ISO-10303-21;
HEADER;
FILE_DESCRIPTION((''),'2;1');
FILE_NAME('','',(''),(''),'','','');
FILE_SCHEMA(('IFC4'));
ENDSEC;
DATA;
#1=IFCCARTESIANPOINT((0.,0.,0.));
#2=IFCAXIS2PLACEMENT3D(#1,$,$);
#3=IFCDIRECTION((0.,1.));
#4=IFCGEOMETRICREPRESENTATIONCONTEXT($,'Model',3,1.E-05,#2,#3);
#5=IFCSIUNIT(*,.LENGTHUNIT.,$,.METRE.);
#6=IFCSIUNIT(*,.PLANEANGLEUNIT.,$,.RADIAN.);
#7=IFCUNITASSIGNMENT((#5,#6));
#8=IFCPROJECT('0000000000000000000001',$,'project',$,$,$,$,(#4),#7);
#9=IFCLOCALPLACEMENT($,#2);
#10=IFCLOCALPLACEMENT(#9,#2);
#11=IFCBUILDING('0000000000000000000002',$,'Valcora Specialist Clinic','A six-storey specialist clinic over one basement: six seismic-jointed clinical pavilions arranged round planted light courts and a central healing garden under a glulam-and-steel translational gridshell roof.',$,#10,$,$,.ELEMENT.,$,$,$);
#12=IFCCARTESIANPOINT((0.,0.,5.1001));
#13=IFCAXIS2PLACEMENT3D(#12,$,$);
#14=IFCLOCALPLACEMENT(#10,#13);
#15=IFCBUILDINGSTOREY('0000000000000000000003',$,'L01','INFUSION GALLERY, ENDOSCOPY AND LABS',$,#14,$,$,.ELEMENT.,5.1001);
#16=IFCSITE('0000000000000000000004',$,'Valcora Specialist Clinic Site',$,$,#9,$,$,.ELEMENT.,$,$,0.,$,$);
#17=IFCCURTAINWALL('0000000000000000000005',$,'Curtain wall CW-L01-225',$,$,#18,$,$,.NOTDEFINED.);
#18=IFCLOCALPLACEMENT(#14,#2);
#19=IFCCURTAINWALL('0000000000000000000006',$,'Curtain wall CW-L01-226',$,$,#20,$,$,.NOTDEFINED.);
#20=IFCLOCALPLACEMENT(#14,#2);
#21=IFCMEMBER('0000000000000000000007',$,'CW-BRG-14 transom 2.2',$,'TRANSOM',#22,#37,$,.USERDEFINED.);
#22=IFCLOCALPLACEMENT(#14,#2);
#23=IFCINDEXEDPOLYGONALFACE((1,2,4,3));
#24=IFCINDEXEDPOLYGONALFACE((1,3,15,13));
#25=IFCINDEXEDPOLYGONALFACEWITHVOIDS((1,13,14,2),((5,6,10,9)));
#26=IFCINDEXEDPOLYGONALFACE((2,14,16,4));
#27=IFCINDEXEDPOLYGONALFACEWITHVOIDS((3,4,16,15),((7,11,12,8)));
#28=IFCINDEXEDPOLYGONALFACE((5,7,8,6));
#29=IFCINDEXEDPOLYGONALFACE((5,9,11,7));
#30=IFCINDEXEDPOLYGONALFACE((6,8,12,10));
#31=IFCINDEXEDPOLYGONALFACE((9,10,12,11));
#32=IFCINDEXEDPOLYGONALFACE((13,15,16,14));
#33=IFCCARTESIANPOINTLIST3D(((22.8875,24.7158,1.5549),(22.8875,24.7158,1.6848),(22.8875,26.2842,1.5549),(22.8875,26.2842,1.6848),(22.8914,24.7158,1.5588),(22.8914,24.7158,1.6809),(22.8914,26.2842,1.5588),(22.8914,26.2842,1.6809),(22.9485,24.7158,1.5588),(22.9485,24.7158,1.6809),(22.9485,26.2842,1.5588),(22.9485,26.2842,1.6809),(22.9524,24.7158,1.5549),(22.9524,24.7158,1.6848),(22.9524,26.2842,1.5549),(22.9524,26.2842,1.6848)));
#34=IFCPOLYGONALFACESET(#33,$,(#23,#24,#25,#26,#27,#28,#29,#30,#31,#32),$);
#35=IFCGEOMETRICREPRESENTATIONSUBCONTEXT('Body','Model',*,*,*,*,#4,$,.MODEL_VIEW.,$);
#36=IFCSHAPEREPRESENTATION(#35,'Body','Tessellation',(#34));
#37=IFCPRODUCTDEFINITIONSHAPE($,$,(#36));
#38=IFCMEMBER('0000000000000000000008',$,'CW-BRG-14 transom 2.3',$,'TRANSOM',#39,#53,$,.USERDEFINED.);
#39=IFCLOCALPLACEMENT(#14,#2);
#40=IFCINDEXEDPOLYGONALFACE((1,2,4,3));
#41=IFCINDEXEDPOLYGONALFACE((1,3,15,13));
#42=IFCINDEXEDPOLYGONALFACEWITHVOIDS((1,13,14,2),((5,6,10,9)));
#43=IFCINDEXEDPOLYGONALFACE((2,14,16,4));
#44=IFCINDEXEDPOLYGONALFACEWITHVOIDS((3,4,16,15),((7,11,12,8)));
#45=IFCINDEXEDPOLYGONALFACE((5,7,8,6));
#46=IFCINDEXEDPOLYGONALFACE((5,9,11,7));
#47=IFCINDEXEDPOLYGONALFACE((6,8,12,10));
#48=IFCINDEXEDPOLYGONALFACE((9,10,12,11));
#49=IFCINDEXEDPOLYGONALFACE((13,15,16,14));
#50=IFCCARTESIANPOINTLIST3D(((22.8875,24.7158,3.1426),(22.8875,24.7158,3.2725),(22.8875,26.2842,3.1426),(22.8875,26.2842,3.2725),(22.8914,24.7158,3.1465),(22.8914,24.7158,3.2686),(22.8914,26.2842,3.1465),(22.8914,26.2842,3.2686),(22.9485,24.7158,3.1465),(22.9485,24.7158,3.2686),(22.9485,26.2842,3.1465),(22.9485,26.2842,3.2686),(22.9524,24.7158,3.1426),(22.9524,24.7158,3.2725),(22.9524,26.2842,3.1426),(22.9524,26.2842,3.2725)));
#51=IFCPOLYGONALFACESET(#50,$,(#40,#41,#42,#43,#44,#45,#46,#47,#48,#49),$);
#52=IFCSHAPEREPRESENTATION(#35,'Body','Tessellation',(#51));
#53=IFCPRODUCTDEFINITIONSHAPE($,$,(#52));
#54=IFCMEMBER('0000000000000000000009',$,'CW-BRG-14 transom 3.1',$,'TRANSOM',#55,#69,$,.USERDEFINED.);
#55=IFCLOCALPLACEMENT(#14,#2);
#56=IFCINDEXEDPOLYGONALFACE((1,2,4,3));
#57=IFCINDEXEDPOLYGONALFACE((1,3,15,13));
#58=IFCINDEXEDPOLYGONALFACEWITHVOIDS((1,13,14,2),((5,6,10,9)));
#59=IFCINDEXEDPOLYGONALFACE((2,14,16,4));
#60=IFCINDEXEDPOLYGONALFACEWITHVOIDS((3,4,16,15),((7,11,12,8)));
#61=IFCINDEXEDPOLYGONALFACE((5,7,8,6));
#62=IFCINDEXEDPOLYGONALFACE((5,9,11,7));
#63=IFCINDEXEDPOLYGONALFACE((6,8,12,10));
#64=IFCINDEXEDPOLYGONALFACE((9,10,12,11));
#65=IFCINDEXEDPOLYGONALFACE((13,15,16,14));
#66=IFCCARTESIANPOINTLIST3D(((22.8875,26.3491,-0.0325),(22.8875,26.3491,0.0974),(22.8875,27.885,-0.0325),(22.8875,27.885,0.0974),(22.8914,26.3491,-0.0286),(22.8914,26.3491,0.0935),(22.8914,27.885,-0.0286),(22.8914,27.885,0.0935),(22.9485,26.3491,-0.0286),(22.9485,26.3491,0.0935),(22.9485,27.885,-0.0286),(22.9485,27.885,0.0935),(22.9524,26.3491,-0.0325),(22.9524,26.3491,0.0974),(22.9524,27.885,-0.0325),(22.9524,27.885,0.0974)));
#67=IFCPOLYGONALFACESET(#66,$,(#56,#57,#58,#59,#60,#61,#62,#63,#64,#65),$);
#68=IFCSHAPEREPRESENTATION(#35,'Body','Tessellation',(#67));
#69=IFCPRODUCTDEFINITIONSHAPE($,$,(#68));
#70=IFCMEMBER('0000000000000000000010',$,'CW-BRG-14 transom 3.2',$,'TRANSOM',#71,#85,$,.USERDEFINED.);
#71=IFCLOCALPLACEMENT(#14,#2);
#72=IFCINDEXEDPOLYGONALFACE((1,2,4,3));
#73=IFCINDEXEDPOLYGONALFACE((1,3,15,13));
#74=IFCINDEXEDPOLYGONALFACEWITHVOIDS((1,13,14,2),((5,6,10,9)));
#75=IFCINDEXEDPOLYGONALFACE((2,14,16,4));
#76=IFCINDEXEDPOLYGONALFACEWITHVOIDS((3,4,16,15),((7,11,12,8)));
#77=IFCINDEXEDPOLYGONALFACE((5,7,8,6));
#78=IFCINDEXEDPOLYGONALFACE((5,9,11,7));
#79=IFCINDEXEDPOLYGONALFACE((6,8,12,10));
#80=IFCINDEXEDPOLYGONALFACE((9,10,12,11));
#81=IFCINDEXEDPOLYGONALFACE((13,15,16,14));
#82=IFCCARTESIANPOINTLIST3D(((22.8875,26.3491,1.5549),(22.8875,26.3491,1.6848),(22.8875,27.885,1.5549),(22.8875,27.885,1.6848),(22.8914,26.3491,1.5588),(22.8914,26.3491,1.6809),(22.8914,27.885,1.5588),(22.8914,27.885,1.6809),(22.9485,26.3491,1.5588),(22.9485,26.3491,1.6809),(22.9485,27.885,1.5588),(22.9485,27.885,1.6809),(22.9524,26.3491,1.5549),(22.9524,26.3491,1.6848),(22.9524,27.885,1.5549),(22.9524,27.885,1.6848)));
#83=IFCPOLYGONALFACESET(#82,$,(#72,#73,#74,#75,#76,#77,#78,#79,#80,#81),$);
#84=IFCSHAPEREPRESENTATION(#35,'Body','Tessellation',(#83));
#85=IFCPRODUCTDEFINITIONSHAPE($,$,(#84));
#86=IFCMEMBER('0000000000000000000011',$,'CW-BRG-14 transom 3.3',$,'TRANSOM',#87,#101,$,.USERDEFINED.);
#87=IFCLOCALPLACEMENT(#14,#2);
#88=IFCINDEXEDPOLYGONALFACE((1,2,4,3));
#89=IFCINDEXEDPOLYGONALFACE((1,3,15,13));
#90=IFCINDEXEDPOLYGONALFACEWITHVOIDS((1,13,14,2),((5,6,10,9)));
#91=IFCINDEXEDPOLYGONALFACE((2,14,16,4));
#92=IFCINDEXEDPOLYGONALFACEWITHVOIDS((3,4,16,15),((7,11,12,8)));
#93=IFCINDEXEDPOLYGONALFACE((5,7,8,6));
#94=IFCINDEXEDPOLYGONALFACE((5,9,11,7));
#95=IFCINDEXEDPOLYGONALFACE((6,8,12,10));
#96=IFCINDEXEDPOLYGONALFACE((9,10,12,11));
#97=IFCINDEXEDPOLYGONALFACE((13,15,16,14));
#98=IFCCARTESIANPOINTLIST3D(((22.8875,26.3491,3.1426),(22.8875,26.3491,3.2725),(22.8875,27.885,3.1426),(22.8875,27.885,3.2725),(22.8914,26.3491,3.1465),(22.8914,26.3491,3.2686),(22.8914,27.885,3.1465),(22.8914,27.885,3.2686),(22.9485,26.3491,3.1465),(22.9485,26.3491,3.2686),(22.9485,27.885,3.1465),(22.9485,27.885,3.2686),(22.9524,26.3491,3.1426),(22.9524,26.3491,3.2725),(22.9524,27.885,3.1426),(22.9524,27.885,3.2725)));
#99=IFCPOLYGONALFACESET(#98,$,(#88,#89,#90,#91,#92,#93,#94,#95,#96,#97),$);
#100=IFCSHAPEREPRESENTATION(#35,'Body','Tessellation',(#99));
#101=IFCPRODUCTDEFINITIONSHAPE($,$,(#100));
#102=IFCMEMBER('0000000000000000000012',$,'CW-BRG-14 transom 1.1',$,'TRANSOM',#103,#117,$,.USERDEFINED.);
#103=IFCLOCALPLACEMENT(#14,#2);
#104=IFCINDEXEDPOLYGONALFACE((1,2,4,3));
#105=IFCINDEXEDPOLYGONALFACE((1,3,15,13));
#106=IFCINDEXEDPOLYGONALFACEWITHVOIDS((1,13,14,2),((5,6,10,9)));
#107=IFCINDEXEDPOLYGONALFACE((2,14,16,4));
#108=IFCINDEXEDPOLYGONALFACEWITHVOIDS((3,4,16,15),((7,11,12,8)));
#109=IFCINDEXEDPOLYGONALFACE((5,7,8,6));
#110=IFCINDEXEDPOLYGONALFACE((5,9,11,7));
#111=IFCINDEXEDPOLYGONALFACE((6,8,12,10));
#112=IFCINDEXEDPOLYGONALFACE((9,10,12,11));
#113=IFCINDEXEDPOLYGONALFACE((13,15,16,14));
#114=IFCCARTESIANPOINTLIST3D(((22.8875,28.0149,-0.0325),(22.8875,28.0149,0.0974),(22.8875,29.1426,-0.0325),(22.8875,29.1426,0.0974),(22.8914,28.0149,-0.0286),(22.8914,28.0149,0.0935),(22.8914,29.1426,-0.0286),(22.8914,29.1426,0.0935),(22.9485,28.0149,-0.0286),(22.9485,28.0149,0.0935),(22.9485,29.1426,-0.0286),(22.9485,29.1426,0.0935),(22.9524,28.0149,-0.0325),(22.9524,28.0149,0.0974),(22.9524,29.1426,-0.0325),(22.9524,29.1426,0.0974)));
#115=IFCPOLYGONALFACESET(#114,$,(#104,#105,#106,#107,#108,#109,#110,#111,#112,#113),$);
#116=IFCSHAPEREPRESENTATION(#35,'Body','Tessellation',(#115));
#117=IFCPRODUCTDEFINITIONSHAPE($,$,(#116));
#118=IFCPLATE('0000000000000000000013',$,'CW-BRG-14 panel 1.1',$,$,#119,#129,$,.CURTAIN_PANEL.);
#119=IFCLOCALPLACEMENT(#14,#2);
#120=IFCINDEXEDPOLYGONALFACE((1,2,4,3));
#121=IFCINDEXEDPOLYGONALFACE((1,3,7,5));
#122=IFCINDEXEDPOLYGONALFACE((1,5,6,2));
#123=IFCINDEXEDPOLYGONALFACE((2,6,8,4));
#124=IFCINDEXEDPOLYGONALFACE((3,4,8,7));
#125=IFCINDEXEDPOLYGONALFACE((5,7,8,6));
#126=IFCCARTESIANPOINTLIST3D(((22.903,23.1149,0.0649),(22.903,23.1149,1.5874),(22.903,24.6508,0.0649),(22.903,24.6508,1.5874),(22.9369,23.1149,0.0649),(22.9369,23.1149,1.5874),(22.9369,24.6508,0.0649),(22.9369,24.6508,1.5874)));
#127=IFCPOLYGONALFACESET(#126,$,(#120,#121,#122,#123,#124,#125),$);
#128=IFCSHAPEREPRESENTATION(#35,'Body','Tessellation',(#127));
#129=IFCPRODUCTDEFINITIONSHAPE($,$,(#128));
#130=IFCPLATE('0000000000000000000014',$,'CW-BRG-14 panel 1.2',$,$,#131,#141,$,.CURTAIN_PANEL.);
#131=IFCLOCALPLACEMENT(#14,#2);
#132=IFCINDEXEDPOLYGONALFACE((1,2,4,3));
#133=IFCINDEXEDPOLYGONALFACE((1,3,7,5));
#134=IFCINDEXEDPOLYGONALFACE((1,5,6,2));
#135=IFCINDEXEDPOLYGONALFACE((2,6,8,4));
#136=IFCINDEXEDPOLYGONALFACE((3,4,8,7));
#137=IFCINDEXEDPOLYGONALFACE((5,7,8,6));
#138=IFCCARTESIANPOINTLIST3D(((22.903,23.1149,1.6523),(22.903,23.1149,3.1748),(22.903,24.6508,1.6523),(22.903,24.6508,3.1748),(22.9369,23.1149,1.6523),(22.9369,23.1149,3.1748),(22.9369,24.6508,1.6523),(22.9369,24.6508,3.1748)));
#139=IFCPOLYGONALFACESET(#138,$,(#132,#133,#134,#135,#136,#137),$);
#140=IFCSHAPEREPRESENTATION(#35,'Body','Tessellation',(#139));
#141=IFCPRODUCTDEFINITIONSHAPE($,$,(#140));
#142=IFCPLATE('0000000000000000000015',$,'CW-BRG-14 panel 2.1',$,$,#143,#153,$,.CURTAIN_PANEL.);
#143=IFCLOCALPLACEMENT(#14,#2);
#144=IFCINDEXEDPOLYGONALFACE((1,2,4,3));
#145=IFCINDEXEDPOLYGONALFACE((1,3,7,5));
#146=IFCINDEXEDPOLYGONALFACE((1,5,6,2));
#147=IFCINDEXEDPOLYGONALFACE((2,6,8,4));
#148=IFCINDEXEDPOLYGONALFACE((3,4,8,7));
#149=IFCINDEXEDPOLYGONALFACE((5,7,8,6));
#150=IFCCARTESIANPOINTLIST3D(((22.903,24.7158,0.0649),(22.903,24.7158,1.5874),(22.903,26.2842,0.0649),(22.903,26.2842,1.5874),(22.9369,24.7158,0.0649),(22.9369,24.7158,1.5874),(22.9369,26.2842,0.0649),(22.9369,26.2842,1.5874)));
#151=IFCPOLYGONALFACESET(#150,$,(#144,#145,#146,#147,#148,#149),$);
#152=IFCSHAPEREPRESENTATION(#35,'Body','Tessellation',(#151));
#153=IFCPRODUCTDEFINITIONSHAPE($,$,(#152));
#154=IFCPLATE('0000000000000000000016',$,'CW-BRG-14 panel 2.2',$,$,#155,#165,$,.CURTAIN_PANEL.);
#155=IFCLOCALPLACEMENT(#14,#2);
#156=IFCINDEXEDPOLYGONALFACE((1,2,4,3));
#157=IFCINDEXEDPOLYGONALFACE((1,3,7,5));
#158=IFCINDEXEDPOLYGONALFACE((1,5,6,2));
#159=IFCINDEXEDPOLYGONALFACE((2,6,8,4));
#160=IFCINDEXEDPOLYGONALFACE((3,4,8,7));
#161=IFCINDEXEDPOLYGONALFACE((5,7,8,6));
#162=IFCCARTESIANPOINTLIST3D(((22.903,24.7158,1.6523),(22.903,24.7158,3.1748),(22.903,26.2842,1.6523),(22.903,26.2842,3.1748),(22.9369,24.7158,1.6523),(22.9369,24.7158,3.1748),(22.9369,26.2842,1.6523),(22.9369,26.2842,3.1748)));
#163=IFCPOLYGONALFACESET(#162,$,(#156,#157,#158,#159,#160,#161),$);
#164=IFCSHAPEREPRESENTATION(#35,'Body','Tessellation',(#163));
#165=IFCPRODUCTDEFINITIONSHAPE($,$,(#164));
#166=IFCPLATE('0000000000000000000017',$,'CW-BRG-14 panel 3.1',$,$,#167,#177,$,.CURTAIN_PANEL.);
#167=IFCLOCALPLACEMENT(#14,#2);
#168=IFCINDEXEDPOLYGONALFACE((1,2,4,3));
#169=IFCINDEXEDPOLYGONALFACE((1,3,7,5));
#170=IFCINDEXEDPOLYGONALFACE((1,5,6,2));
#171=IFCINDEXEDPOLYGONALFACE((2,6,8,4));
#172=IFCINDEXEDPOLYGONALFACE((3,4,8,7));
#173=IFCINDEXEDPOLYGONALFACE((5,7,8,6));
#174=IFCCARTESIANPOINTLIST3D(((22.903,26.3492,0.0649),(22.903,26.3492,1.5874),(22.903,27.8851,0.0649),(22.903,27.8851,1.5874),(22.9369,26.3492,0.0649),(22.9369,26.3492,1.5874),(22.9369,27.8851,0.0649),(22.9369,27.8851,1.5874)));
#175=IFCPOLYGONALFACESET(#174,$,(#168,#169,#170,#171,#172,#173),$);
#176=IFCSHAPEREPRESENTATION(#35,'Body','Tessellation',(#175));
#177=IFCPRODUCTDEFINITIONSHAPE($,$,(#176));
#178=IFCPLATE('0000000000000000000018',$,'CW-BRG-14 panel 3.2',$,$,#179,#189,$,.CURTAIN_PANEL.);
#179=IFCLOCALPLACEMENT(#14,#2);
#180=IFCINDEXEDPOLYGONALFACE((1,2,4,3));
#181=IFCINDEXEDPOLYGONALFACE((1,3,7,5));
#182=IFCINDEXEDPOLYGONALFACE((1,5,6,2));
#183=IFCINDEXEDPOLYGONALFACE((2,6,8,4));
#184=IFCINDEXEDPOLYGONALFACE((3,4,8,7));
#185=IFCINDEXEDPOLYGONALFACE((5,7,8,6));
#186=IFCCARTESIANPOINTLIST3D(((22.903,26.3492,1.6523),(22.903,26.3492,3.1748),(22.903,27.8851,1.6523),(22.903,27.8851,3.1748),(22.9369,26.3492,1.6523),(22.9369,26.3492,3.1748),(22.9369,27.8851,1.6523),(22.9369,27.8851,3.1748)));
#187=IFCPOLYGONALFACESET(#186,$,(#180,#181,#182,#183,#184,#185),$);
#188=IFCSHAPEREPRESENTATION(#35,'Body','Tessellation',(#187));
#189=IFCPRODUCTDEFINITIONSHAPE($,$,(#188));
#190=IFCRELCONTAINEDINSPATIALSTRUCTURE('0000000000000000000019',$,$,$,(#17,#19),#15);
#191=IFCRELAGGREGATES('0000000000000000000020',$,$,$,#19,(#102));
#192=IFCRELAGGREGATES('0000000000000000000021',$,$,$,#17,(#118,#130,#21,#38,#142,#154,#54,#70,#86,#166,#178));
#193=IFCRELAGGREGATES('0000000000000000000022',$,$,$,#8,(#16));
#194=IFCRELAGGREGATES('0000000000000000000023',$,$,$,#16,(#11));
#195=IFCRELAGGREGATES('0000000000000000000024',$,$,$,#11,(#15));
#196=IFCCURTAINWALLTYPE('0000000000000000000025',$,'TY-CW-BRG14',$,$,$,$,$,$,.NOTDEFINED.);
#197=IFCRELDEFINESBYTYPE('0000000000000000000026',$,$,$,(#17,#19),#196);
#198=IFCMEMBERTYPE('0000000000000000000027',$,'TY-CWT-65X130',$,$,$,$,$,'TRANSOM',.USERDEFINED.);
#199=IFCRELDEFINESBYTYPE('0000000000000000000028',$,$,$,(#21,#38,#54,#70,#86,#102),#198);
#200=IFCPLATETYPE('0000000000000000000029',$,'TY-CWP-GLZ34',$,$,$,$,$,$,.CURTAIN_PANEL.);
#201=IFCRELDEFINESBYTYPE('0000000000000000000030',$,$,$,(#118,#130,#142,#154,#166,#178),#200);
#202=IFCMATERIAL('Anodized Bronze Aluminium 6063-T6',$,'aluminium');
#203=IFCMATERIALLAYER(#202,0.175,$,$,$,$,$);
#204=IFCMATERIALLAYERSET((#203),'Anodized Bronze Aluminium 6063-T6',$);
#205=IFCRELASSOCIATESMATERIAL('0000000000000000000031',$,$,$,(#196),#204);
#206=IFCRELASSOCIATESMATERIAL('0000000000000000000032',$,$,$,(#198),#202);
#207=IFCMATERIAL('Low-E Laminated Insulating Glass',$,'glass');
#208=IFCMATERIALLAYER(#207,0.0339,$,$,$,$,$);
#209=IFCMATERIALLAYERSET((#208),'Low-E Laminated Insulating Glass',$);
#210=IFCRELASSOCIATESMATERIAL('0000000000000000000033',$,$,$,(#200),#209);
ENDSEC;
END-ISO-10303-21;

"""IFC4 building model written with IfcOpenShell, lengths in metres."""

from ifc_helpers import new_model, si_unit, direction, frame, origin, origin_2d, place, context, subcontext, project, spatial, rectangle, hollow_rectangle, extrude, material, layer, layer_set, material_profile, profile_set, type_object, element, aggregate, save


model = new_model("IFC4")

# Units and contexts
model_context = context("Model", 3, precision=1e-05, world=origin(), true_north=direction((0.0, 1.0)))
body_context = subcontext(model_context, "Body", "Model", "MODEL_VIEW")
ifc_project = project(units=[si_unit("LENGTHUNIT", "METRE"), si_unit("PLANEANGLEUNIT", "RADIAN")], contexts=[model_context])

# Site, building, storey
site_placement = place(None, origin())
site = spatial("IfcSite", under=ifc_project, at=site_placement, Name="Valcora Specialist Clinic Site", CompositionType="ELEMENT", RefElevation=0.0)
building_placement = place(site_placement, origin())
building = spatial("IfcBuilding", under=site, at=building_placement, Name="Valcora Specialist Clinic", Description="A six-storey specialist clinic over one basement: six seismic-jointed clinical pavilions arranged round planted light courts and a central healing garden under a glulam-and-steel translational gridshell roof.", CompositionType="ELEMENT")
storey_placement = place(building_placement, frame((0.0, 0.0, 5.1001)))
storey = spatial("IfcBuildingStorey", under=building, at=storey_placement, Name="L01", Description="INFUSION GALLERY, ENDOSCOPY AND LABS", CompositionType="ELEMENT", Elevation=5.1001)

# Curtain wall
ifc_material_1 = material(Name="Anodized Bronze Aluminium 6063-T6", Category="aluminium")
ifc_layer_1 = layer(ifc_material_1, 0.175)
ifc_layer_set_1 = layer_set([ifc_layer_1], Name="Anodized Bronze Aluminium 6063-T6")
curtain_wall_type = type_object("IfcCurtainWallType", Name="TY-CW-BRG14", PredefinedType="NOTDEFINED", material=ifc_layer_set_1)
curtain_wall_1_placement = place(storey_placement, origin())
curtain_wall_1 = element("IfcCurtainWall", 1, at=curtain_wall_1_placement, inside=storey, type_object=curtain_wall_type, Name="Curtain wall CW-L01-225", PredefinedType="NOTDEFINED")

# Curtain wall
curtain_wall_2_placement = place(storey_placement, origin())
curtain_wall_2 = element("IfcCurtainWall", 2, at=curtain_wall_2_placement, inside=storey, type_object=curtain_wall_type, Name="Curtain wall CW-L01-226", PredefinedType="NOTDEFINED")

# Members
ifc_material_profile_1 = material_profile(ifc_material_1, hollow_rectangle(XDim=0.0649, YDim=0.1299, WallThickness=0.0039, at=origin_2d()), Name="AL-TRN-65X130")
ifc_profile_set_1 = profile_set([ifc_material_profile_1], Name="Anodized Bronze Aluminium 6063-T6")
member_type_1 = type_object("IfcMemberType", Name="TY-CWT-65X130", ElementType="TRANSOM", PredefinedType="USERDEFINED", material=ifc_profile_set_1)
member_1_placement = place(storey_placement, frame((22.9199, 24.7158, 1.6199), z_axis=(0.0, 1.0, 0.0), x_axis=(-1.0, 0.0, 0.0)))
member_1 = element("IfcMember", 3, at=member_1_placement, type_object=member_type_1, Name="CW-BRG-14 transom 2.2", ObjectType="TRANSOM", PredefinedType="USERDEFINED", context=body_context, shape_type="SweptSolid", body=[
    extrude(hollow_rectangle(XDim=0.0649, YDim=0.1299, WallThickness=0.0039, at=origin_2d()), origin(), (0.0, 0.0, 1.0), 1.5684),
])
member_2_placement = place(storey_placement, frame((22.9199, 24.7158, 3.2075), z_axis=(0.0, 1.0, 0.0), x_axis=(-1.0, 0.0, 0.0)))
member_2 = element("IfcMember", 4, at=member_2_placement, type_object=member_type_1, Name="CW-BRG-14 transom 2.3", ObjectType="TRANSOM", PredefinedType="USERDEFINED", context=body_context, shape_type="SweptSolid", body=[
    extrude(hollow_rectangle(XDim=0.0649, YDim=0.1299, WallThickness=0.0039, at=origin_2d()), origin(), (0.0, 0.0, 1.0), 1.5684),
])
member_3_placement = place(storey_placement, frame((22.9199, 26.3491, 0.0325), z_axis=(0.0, 1.0, 0.0), x_axis=(-1.0, 0.0, 0.0)))
member_3 = element("IfcMember", 5, at=member_3_placement, type_object=member_type_1, Name="CW-BRG-14 transom 3.1", ObjectType="TRANSOM", PredefinedType="USERDEFINED", context=body_context, shape_type="SweptSolid", body=[
    extrude(hollow_rectangle(XDim=0.0649, YDim=0.1299, WallThickness=0.0039, at=origin_2d()), origin(), (0.0, 0.0, 1.0), 1.5359),
])
member_4_placement = place(storey_placement, frame((22.9199, 26.3491, 1.6199), z_axis=(0.0, 1.0, 0.0), x_axis=(-1.0, 0.0, 0.0)))
member_4 = element("IfcMember", 6, at=member_4_placement, type_object=member_type_1, Name="CW-BRG-14 transom 3.2", ObjectType="TRANSOM", PredefinedType="USERDEFINED", context=body_context, shape_type="SweptSolid", body=[
    extrude(hollow_rectangle(XDim=0.0649, YDim=0.1299, WallThickness=0.0039, at=origin_2d()), origin(), (0.0, 0.0, 1.0), 1.5359),
])
member_5_placement = place(storey_placement, frame((22.9199, 26.3491, 3.2075), z_axis=(0.0, 1.0, 0.0), x_axis=(-1.0, 0.0, 0.0)))
member_5 = element("IfcMember", 7, at=member_5_placement, type_object=member_type_1, Name="CW-BRG-14 transom 3.3", ObjectType="TRANSOM", PredefinedType="USERDEFINED", context=body_context, shape_type="SweptSolid", body=[
    extrude(hollow_rectangle(XDim=0.0649, YDim=0.1299, WallThickness=0.0039, at=origin_2d()), origin(), (0.0, 0.0, 1.0), 1.5359),
])
member_6_placement = place(storey_placement, frame((22.9199, 28.0149, 0.0325), z_axis=(0.0, 1.0, 0.0), x_axis=(-1.0, 0.0, 0.0)))
member_6 = element("IfcMember", 8, at=member_6_placement, type_object=member_type_1, Name="CW-BRG-14 transom 1.1", ObjectType="TRANSOM", PredefinedType="USERDEFINED", context=body_context, shape_type="SweptSolid", body=[
    extrude(hollow_rectangle(XDim=0.0649, YDim=0.1299, WallThickness=0.0039, at=origin_2d()), origin(), (0.0, 0.0, 1.0), 1.1277),
])
aggregate(curtain_wall_2, [member_6])

# Plates
ifc_material_2 = material(Name="Low-E Laminated Insulating Glass", Category="glass")
ifc_layer_2 = layer(ifc_material_2, 0.0339)
ifc_layer_set_2 = layer_set([ifc_layer_2], Name="Low-E Laminated Insulating Glass")
plate_type = type_object("IfcPlateType", Name="TY-CWP-GLZ34", PredefinedType="CURTAIN_PANEL", material=ifc_layer_set_2)
plate_1_placement = place(storey_placement, frame((22.9199, 23.8828, 0.0649), z_axis=(0.0, 0.0, 1.0), x_axis=(0.0, 1.0, 0.0)))
plate_1 = element("IfcPlate", 9, at=plate_1_placement, type_object=plate_type, Name="CW-BRG-14 panel 1.1", PredefinedType="CURTAIN_PANEL", context=body_context, shape_type="SweptSolid", body=[
    extrude(rectangle(XDim=1.5359, YDim=0.0339, at=origin_2d()), origin(), (0.0, 0.0, 1.0), 1.5225),
])
plate_2_placement = place(storey_placement, frame((22.9199, 23.8828, 1.6523), z_axis=(0.0, 0.0, 1.0), x_axis=(0.0, 1.0, 0.0)))
plate_2 = element("IfcPlate", 10, at=plate_2_placement, type_object=plate_type, Name="CW-BRG-14 panel 1.2", PredefinedType="CURTAIN_PANEL", context=body_context, shape_type="SweptSolid", body=[
    extrude(rectangle(XDim=1.5359, YDim=0.0339, at=origin_2d()), origin(), (0.0, 0.0, 1.0), 1.5225),
])
plate_3_placement = place(storey_placement, frame((22.9199, 25.5, 0.0649), z_axis=(0.0, 0.0, 1.0), x_axis=(0.0, 1.0, 0.0)))
plate_3 = element("IfcPlate", 11, at=plate_3_placement, type_object=plate_type, Name="CW-BRG-14 panel 2.1", PredefinedType="CURTAIN_PANEL", context=body_context, shape_type="SweptSolid", body=[
    extrude(rectangle(XDim=1.5684, YDim=0.0339, at=origin_2d()), origin(), (0.0, 0.0, 1.0), 1.5225),
])
plate_4_placement = place(storey_placement, frame((22.9199, 25.5, 1.6523), z_axis=(0.0, 0.0, 1.0), x_axis=(0.0, 1.0, 0.0)))
plate_4 = element("IfcPlate", 12, at=plate_4_placement, type_object=plate_type, Name="CW-BRG-14 panel 2.2", PredefinedType="CURTAIN_PANEL", context=body_context, shape_type="SweptSolid", body=[
    extrude(rectangle(XDim=1.5684, YDim=0.0339, at=origin_2d()), origin(), (0.0, 0.0, 1.0), 1.5225),
])
plate_5_placement = place(storey_placement, frame((22.9199, 27.1172, 0.0649), z_axis=(0.0, 0.0, 1.0), x_axis=(0.0, 1.0, 0.0)))
plate_5 = element("IfcPlate", 13, at=plate_5_placement, type_object=plate_type, Name="CW-BRG-14 panel 3.1", PredefinedType="CURTAIN_PANEL", context=body_context, shape_type="SweptSolid", body=[
    extrude(rectangle(XDim=1.5359, YDim=0.0339, at=origin_2d()), origin(), (0.0, 0.0, 1.0), 1.5225),
])
plate_6_placement = place(storey_placement, frame((22.9199, 27.1172, 1.6523), z_axis=(0.0, 0.0, 1.0), x_axis=(0.0, 1.0, 0.0)))
plate_6 = element("IfcPlate", 14, at=plate_6_placement, type_object=plate_type, Name="CW-BRG-14 panel 3.2", PredefinedType="CURTAIN_PANEL", context=body_context, shape_type="SweptSolid", body=[
    extrude(rectangle(XDim=1.5359, YDim=0.0339, at=origin_2d()), origin(), (0.0, 0.0, 1.0), 1.5225),
])
aggregate(curtain_wall_1, [plate_1, plate_2, member_1, member_2, plate_3, plate_4, member_3, member_4, member_5, plate_5, plate_6])

save(model, "model.ifc")
